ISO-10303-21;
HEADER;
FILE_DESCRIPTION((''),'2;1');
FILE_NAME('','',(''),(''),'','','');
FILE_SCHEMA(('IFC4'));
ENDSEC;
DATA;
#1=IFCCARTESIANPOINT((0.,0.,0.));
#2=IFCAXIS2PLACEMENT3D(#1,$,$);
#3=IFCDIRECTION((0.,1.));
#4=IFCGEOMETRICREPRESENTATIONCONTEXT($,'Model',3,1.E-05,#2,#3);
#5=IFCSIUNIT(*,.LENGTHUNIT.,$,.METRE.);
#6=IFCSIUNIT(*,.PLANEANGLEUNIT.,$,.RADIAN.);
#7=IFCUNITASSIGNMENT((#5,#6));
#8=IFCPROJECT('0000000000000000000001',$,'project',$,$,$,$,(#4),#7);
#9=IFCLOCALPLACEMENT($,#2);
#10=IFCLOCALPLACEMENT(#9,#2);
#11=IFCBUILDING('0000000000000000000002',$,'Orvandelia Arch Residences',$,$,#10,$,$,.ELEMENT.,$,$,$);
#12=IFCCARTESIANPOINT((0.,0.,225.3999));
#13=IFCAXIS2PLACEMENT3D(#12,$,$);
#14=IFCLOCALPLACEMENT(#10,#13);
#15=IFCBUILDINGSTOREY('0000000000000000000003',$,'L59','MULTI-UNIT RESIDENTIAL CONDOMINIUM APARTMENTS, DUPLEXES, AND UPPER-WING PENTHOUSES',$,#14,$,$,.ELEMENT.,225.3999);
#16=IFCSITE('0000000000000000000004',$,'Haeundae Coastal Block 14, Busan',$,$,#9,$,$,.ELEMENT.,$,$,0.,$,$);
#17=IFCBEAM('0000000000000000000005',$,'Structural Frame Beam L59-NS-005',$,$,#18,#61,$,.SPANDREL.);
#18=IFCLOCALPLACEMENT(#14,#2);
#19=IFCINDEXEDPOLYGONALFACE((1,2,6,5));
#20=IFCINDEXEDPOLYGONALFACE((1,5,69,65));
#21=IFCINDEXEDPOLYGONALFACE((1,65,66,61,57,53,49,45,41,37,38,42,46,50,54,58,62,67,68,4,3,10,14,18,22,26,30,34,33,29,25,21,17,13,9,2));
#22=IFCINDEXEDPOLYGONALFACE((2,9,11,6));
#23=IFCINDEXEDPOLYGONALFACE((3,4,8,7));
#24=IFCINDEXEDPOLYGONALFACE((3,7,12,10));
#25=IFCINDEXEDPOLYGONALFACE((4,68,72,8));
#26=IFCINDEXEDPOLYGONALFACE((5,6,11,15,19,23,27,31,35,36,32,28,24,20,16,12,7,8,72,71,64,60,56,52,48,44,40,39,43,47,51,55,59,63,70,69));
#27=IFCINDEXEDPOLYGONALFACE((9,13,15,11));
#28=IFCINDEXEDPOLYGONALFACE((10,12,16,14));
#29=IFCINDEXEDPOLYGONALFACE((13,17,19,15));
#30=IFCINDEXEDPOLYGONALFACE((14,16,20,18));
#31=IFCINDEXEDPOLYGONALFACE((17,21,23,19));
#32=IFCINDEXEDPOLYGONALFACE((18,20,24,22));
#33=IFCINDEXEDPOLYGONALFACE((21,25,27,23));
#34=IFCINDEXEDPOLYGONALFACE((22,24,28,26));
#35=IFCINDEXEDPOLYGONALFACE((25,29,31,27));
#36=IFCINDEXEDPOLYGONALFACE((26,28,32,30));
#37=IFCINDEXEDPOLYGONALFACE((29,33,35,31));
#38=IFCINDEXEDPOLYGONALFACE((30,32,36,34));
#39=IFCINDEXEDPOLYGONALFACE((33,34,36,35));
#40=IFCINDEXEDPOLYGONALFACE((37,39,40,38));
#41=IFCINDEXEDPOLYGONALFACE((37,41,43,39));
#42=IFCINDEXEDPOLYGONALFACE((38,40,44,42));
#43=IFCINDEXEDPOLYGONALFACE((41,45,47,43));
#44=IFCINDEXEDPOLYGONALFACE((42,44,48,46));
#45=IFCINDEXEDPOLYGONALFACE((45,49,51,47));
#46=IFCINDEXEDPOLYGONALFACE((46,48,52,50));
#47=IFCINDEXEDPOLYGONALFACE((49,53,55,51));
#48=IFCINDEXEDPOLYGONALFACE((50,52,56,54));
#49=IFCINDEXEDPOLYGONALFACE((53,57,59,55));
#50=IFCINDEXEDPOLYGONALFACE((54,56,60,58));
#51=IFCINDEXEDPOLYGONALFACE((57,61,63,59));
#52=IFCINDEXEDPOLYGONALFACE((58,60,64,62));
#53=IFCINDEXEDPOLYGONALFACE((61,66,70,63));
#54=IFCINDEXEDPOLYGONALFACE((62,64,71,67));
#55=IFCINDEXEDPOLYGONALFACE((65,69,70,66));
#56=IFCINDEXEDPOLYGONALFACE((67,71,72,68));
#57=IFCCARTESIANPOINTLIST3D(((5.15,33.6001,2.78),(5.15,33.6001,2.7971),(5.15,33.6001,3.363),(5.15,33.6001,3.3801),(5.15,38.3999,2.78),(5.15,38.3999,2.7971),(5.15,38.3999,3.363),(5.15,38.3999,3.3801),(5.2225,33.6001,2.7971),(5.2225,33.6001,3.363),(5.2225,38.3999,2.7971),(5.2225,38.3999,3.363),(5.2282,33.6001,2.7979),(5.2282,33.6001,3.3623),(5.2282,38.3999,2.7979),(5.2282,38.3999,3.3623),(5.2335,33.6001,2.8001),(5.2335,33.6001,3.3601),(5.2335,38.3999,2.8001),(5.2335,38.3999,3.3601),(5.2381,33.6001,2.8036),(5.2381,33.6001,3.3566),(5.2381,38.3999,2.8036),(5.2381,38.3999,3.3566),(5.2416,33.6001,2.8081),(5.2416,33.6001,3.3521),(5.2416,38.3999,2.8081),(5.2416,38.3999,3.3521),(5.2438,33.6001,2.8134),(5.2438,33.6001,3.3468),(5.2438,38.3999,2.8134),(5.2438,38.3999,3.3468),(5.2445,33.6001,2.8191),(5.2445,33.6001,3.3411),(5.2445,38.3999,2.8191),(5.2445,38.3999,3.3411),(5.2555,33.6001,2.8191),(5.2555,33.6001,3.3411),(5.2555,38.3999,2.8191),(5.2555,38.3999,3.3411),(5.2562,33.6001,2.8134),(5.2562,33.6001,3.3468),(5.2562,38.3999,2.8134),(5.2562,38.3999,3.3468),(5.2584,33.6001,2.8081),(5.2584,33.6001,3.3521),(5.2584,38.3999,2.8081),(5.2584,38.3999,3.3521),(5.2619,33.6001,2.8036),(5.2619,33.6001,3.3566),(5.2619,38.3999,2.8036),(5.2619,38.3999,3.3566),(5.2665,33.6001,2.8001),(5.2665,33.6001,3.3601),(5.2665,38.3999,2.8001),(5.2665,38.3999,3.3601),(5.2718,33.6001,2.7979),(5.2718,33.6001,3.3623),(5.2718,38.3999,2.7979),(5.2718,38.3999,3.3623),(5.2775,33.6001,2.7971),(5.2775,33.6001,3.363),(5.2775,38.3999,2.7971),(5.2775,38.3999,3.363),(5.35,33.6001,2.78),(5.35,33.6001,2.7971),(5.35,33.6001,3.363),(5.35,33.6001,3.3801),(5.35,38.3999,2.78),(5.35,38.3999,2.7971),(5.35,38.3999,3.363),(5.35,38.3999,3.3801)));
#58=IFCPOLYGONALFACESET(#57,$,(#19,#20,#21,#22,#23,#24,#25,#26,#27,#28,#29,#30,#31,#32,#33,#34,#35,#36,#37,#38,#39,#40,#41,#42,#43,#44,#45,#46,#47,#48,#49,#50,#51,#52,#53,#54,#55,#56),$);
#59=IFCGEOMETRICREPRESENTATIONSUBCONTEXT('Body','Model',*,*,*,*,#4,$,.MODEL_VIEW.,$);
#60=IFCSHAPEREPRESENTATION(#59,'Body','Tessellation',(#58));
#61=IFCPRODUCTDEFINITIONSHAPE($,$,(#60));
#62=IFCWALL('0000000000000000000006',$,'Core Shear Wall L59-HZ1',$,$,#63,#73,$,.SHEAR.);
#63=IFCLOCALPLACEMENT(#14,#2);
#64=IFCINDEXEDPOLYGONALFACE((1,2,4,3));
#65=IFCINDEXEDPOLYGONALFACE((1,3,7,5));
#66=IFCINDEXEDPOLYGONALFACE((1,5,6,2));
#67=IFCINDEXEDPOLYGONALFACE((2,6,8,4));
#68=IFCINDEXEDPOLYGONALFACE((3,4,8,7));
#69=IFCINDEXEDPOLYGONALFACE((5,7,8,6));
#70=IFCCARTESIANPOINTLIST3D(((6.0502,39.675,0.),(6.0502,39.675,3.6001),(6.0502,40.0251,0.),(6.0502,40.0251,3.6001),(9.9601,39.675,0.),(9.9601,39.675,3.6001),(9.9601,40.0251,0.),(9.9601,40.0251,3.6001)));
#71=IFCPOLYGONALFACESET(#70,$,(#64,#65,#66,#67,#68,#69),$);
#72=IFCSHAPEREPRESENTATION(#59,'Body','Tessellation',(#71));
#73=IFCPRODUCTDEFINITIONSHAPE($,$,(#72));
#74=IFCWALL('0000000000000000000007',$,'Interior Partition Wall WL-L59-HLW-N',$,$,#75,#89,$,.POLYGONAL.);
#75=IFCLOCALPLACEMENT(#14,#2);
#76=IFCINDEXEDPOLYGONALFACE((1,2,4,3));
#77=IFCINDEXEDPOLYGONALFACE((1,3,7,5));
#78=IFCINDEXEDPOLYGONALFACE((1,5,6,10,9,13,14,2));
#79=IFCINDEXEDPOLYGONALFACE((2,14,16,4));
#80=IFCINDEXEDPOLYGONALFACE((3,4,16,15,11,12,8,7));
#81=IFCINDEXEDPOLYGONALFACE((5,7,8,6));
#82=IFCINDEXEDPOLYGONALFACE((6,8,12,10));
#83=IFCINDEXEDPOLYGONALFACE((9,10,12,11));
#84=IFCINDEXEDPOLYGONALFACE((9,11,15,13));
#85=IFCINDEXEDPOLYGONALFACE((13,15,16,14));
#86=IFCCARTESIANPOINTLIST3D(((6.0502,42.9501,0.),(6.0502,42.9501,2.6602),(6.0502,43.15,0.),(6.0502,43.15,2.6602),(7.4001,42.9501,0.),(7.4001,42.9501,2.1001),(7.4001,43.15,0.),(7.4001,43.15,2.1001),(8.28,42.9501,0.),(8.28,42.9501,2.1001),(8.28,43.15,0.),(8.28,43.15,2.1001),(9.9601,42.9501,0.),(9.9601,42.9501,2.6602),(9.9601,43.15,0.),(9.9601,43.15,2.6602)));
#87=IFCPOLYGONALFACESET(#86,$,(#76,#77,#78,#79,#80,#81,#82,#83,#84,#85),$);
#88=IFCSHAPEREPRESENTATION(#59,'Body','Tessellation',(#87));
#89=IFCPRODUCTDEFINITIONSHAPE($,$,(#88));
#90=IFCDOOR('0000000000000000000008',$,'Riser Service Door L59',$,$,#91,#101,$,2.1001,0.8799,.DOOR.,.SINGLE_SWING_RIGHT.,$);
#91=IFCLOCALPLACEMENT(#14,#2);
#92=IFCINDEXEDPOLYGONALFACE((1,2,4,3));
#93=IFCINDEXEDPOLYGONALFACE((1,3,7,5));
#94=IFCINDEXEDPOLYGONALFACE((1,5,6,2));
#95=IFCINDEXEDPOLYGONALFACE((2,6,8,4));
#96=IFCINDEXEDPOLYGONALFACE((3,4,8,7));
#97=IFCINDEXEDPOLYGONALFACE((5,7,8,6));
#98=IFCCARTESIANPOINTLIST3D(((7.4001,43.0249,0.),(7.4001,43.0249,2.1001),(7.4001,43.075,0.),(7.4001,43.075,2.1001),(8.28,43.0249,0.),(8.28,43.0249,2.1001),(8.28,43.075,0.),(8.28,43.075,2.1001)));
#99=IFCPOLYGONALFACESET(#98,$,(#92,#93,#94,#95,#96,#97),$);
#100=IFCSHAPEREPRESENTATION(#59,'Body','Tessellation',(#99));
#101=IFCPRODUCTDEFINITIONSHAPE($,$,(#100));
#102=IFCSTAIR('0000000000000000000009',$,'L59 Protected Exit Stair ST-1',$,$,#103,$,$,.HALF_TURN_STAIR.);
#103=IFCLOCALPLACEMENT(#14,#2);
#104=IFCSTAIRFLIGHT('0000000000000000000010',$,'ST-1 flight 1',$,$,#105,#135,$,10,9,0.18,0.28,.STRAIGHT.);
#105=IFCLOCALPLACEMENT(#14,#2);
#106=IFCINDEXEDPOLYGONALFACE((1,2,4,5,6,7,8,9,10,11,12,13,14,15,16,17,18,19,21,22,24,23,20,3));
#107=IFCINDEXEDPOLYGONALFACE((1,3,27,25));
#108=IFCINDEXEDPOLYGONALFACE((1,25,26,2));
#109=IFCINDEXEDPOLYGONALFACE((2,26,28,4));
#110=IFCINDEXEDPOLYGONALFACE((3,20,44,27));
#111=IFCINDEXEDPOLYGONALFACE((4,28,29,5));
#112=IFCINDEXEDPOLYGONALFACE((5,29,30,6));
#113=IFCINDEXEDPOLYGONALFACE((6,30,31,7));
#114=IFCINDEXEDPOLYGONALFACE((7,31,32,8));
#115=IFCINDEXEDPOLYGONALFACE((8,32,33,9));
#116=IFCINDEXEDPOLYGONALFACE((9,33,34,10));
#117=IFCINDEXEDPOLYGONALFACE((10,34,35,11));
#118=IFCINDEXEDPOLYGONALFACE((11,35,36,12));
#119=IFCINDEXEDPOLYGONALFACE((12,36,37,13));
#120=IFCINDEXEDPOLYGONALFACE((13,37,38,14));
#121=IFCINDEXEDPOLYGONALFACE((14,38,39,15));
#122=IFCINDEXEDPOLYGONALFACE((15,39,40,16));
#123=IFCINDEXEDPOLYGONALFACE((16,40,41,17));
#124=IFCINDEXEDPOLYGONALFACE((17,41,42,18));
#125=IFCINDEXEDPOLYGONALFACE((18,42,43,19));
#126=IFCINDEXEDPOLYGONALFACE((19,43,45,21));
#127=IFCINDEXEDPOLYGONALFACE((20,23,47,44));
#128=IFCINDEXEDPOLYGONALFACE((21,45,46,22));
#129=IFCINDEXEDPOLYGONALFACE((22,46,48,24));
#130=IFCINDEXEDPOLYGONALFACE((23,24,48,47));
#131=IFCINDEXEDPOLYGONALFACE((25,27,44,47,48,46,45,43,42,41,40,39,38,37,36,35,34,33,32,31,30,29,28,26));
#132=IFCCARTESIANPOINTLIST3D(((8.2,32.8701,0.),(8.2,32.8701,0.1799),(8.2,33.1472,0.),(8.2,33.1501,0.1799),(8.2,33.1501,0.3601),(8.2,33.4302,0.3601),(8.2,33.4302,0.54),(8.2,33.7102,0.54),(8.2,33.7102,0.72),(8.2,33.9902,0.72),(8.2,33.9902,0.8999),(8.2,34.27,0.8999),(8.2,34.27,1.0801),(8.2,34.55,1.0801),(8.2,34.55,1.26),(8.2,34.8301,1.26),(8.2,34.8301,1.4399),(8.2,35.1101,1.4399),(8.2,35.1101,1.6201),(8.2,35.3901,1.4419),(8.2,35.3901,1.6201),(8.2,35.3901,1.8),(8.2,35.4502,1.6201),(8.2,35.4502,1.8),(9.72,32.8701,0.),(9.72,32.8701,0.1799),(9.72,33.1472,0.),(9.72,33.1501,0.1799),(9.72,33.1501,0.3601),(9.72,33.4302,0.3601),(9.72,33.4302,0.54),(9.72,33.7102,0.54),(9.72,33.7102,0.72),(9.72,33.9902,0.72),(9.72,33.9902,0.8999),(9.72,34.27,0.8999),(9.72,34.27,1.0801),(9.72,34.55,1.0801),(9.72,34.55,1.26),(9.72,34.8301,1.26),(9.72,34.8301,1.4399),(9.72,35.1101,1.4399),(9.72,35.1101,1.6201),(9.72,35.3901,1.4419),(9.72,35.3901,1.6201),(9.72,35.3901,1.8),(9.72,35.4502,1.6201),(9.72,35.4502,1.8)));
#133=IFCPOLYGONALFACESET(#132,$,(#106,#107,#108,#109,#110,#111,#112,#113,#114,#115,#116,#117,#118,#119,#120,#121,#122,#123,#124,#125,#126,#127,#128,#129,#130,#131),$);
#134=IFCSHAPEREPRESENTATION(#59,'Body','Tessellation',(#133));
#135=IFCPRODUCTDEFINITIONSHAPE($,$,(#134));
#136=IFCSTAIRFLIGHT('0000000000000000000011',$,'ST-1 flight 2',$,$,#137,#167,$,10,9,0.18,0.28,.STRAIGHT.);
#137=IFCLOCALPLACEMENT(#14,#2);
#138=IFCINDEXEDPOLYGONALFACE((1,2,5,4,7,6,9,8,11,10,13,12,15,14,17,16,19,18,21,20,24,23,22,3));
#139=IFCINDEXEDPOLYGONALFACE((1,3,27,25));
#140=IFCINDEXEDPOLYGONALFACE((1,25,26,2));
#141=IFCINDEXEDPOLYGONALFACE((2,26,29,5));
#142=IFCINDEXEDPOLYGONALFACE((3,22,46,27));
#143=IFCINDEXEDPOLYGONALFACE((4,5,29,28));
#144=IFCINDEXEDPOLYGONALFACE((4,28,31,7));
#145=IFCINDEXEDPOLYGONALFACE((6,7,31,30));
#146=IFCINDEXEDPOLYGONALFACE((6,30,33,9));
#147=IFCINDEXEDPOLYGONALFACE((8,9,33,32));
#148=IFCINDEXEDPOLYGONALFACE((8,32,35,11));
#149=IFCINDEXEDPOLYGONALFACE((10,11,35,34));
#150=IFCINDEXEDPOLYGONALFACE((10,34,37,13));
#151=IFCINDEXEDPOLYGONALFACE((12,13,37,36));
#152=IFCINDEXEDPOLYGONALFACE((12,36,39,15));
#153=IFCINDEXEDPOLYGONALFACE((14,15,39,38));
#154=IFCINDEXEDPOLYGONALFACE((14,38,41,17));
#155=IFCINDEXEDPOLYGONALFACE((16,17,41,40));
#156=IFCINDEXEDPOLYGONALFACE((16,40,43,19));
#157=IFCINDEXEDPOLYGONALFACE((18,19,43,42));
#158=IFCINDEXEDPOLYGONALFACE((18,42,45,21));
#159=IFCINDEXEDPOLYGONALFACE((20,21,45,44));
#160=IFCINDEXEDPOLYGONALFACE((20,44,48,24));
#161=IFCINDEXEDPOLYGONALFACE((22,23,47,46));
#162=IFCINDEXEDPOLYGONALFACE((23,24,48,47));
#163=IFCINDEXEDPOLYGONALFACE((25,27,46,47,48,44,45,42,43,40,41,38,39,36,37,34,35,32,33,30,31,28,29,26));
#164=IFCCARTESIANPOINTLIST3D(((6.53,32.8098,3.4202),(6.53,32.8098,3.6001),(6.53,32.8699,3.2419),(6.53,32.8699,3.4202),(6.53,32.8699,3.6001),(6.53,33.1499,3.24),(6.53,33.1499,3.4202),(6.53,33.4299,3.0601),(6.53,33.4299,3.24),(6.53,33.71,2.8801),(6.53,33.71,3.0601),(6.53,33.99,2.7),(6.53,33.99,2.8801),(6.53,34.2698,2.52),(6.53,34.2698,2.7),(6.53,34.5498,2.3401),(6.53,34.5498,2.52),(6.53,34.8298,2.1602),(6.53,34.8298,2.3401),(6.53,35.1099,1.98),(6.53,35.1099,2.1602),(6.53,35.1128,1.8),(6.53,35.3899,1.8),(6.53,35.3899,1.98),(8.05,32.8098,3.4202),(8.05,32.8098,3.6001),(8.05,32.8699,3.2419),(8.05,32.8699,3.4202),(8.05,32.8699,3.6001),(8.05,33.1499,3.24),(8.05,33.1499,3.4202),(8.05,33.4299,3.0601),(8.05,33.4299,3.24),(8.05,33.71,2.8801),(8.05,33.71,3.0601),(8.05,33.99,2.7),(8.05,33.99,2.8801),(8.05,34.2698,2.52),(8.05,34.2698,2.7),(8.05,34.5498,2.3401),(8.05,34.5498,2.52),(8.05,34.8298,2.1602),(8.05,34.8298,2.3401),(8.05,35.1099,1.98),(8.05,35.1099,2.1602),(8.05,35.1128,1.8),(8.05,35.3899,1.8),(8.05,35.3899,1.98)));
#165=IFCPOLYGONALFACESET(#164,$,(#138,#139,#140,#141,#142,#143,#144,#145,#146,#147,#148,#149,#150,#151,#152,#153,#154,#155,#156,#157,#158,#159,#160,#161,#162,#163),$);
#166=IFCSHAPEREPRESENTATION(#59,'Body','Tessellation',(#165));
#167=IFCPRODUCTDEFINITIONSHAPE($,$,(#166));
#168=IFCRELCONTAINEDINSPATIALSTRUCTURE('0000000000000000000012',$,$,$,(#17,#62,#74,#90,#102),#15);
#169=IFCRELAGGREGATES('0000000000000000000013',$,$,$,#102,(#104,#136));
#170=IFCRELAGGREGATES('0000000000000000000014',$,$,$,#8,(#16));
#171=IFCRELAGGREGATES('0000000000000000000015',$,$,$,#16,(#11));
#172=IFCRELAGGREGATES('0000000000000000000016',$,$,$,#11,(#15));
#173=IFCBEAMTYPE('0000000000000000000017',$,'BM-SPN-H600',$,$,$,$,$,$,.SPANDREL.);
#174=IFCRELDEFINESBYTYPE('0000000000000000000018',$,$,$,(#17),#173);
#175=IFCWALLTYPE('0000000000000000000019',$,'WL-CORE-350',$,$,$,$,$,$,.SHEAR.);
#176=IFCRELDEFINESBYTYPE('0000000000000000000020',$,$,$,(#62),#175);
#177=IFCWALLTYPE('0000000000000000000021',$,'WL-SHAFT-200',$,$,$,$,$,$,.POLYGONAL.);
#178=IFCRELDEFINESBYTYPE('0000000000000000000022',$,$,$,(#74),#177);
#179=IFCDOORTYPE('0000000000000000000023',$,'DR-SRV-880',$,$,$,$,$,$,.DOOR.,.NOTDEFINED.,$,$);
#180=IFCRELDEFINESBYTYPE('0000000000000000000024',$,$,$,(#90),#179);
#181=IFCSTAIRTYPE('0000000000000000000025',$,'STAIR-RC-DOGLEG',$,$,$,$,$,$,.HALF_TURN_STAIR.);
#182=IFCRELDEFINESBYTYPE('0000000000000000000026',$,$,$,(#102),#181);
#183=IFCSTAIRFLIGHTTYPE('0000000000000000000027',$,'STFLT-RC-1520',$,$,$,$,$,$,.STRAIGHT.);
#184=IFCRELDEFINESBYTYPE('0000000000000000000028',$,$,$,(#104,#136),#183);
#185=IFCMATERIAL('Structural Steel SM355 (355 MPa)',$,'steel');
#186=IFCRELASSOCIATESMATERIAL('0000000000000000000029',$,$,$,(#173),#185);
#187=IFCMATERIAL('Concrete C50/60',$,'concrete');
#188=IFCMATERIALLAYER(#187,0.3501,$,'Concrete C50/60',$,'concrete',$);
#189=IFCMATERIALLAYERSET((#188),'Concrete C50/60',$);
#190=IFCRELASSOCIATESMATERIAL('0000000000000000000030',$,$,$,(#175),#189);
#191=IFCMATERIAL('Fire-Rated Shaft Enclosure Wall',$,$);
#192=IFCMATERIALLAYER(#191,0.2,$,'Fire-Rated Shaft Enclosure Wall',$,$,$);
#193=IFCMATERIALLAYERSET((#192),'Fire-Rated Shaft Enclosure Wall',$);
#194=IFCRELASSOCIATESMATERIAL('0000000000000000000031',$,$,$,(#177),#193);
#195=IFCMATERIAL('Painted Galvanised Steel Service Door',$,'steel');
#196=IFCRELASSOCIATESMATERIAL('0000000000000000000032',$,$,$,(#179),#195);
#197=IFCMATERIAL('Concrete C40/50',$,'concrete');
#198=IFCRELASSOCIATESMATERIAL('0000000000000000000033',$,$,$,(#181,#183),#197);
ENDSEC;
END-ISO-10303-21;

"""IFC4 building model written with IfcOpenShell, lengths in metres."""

from ifc_helpers import new_model, si_unit, direction, frame, frame_2d, origin, origin_2d, place, context, subcontext, project, spatial, polyline, rectangle, i_section, outline, extrude, material, layer, layer_set, material_profile, profile_set, type_object, element, fill, aggregate, save


model = new_model("IFC4")

# Units and contexts
model_context = context("Model", 3, precision=1e-05, world=origin(), true_north=direction((0.0, 1.0)))
body_context = subcontext(model_context, "Body", "Model", "MODEL_VIEW")
ifc_project = project(units=[si_unit("LENGTHUNIT", "METRE"), si_unit("PLANEANGLEUNIT", "RADIAN")], contexts=[model_context])

# Site, building, storey
site_placement = place(None, origin())
site = spatial("IfcSite", under=ifc_project, at=site_placement, Name="Haeundae Coastal Block 14, Busan", CompositionType="ELEMENT", RefElevation=0.0)
building_placement = place(site_placement, origin())
building = spatial("IfcBuilding", under=site, at=building_placement, Name="Orvandelia Arch Residences", CompositionType="ELEMENT")
storey_placement = place(building_placement, frame((0.0, 0.0, 225.3999)))
storey = spatial("IfcBuildingStorey", under=building, at=storey_placement, Name="L59", Description="MULTI-UNIT RESIDENTIAL CONDOMINIUM APARTMENTS, DUPLEXES, AND UPPER-WING PENTHOUSES", CompositionType="ELEMENT", Elevation=225.3999)

# Beam
ifc_material_1 = material(Name="Structural Steel SM355 (355 MPa)", Category="steel")
ifc_material_profile_1 = material_profile(ifc_material_1, i_section(OverallWidth=0.2, OverallDepth=0.6001, WebThickness=0.011, FlangeThickness=0.0171, FilletRadius=0.022, at=origin_2d()), Name="Structural Steel SM355 (355 MPa)", Category="steel")
ifc_profile_set_1 = profile_set([ifc_material_profile_1], Name="Structural Steel SM355 (355 MPa)")
beam_type_1 = type_object("IfcBeamType", Name="BM-SPN-H600", PredefinedType="SPANDREL", material=ifc_profile_set_1)
beam_1_placement = place(storey_placement, frame((5.25, 33.6001, 3.0801), z_axis=(0.0, 1.0, 0.0), x_axis=(-1.0, 0.0, 0.0)))
element("IfcBeam", 1, at=beam_1_placement, inside=storey, type_object=beam_type_1, Name="Structural Frame Beam L59-NS-005", PredefinedType="SPANDREL", context=body_context, shape_type="SweptSolid", body=[
    extrude(i_section(OverallWidth=0.2, OverallDepth=0.6001, WebThickness=0.011, FlangeThickness=0.0171, FilletRadius=0.022, at=origin_2d()), origin(), (0.0, 0.0, 1.0), 4.7998),
])

# Wall
ifc_material_2 = material(Name="Concrete C50/60", Category="concrete")
ifc_layer_1 = layer(ifc_material_2, 0.3501, Name="Concrete C50/60", Category="concrete")
ifc_layer_set_1 = layer_set([ifc_layer_1], Name="Concrete C50/60")
wall_type_1 = type_object("IfcWallType", Name="WL-CORE-350", PredefinedType="SHEAR", material=ifc_layer_set_1)
wall_1_placement = place(storey_placement, frame((6.05, 39.8501, 0.0), z_axis=(0.0, 0.0, 1.0), x_axis=(1.0, 0.0, 0.0)))
element("IfcWall", 2, at=wall_1_placement, inside=storey, type_object=wall_type_1, Name="Core Shear Wall L59-HZ1", PredefinedType="SHEAR", context=body_context, shape_type="SweptSolid", body=[
    extrude(rectangle(XDim=3.9099, YDim=0.3501, at=frame_2d((1.9551, 0.0))), origin(), (0.0, 0.0, 1.0), 3.6001),
])

# Wall, opening, door
ifc_material_3 = material(Name="Fire-Rated Shaft Enclosure Wall")
ifc_layer_2 = layer(ifc_material_3, 0.2, Name="Fire-Rated Shaft Enclosure Wall")
ifc_layer_set_2 = layer_set([ifc_layer_2], Name="Fire-Rated Shaft Enclosure Wall")
wall_type_2 = type_object("IfcWallType", Name="WL-SHAFT-200", PredefinedType="POLYGONAL", material=ifc_layer_set_2)
wall_2_placement = place(storey_placement, frame((6.05, 43.05, 0.0), z_axis=(0.0, 0.0, 1.0), x_axis=(1.0, 0.0, 0.0)))
wall_2 = element("IfcWall", 3, at=wall_2_placement, inside=storey, type_object=wall_type_2, Name="Interior Partition Wall WL-L59-HLW-N", PredefinedType="POLYGONAL", context=body_context, shape_type="SweptSolid", body=[
    extrude(rectangle(XDim=3.9099, YDim=0.2, at=frame_2d((1.9551, 0.0))), origin(), (0.0, 0.0, 1.0), 2.6602),
])
opening_placement = place(wall_2_placement, frame((1.3501, 0.0, 0.0)))
opening = element("IfcOpeningElement", 4, at=opening_placement, cuts=wall_2, PredefinedType="OPENING", context=body_context, shape_type="SweptSolid", body=[
    extrude(rectangle(XDim=0.8799, YDim=2.1001, at=frame_2d((0.4399, 1.05))), frame((0.0, 0.1099, 0.0), z_axis=(0.0, -1.0, 0.0), x_axis=(1.0, 0.0, 0.0)), (0.0, 0.0, 1.0), 0.22),
])
ifc_material_4 = material(Name="Painted Galvanised Steel Service Door", Category="steel")
door_type = type_object("IfcDoorType", Name="DR-SRV-880", OperationType="NOTDEFINED", PredefinedType="DOOR", material=ifc_material_4)
door_placement = place(opening_placement, origin())
door = element("IfcDoor", 5, at=door_placement, inside=storey, type_object=door_type, Name="Riser Service Door L59", OperationType="SINGLE_SWING_RIGHT", OverallHeight=2.1001, OverallWidth=0.8799, PredefinedType="DOOR", context=body_context, shape_type="SweptSolid", body=[
    extrude(rectangle(XDim=0.8799, YDim=2.1001, at=frame_2d((0.4399, 1.05))), frame((0.0, 0.0249, 0.0), z_axis=(0.0, -1.0, 0.0), x_axis=(1.0, 0.0, 0.0)), (0.0, 0.0, 1.0), 0.05),
])
fill(opening, door)

# Stair, stair flights
ifc_material_5 = material(Name="Concrete C40/50", Category="concrete")
stair_type = type_object("IfcStairType", Name="STAIR-RC-DOGLEG", PredefinedType="HALF_TURN_STAIR", material=ifc_material_5)
stair_placement = place(storey_placement, origin())
stair = element("IfcStair", 6, at=stair_placement, inside=storey, type_object=stair_type, Name="L59 Protected Exit Stair ST-1", PredefinedType="HALF_TURN_STAIR")
stair_flight_type = type_object("IfcStairFlightType", Name="STFLT-RC-1520", PredefinedType="STRAIGHT", material=ifc_material_5)
stair_flight_1_placement = place(storey_placement, frame((8.96, 32.8701, 0.0), z_axis=(0.0, 0.0, 1.0), x_axis=(0.0, 1.0, 0.0)))
stair_flight_1 = element("IfcStairFlight", 7, at=stair_flight_1_placement, type_object=stair_flight_type, Name="ST-1 flight 1", NumberOfRisers=10, NumberOfTreads=9, PredefinedType="STRAIGHT", RiserHeight=0.18, TreadLength=0.28, context=body_context, shape_type="SweptSolid", body=[
    extrude(outline(polyline([(0.0, 0.0), (0.0, 0.1799), (0.28, 0.1799), (0.28, 0.3601), (0.5601, 0.3601), (0.5601, 0.54), (0.8401, 0.54), (0.8401, 0.72), (1.1201, 0.72), (1.1201, 0.8999), (1.3999, 0.8999), (1.3999, 1.0801), (1.6799, 1.0801), (1.6799, 1.26), (1.96, 1.26), (1.96, 1.4399), (2.24, 1.4399), (2.24, 1.6201), (2.52, 1.6201), (2.52, 1.8), (2.5801, 1.8), (2.5801, 1.6201), (2.52, 1.4419), (0.2771, 0.0), (0.0, 0.0)])), frame((0.0, 0.76, 0.0), z_axis=(0.0, -1.0, 0.0), x_axis=(1.0, 0.0, 0.0)), (0.0, 0.0, 1.0), 1.52),
])
stair_flight_2_placement = place(storey_placement, frame((7.29, 35.3899, 1.8), z_axis=(0.0, 0.0, 1.0), x_axis=(0.0, -1.0, 0.0)))
stair_flight_2 = element("IfcStairFlight", 8, at=stair_flight_2_placement, type_object=stair_flight_type, Name="ST-1 flight 2", NumberOfRisers=10, NumberOfTreads=9, PredefinedType="STRAIGHT", RiserHeight=0.18, TreadLength=0.28, context=body_context, shape_type="SweptSolid", body=[
    extrude(outline(polyline([(0.0, 0.0), (0.0, 0.1799), (0.28, 0.1799), (0.28, 0.3601), (0.5601, 0.3601), (0.5601, 0.54), (0.8401, 0.54), (0.8401, 0.72), (1.1201, 0.72), (1.1201, 0.8999), (1.3999, 0.8999), (1.3999, 1.0801), (1.6799, 1.0801), (1.6799, 1.26), (1.96, 1.26), (1.96, 1.4399), (2.24, 1.4399), (2.24, 1.6201), (2.52, 1.6201), (2.52, 1.8), (2.5801, 1.8), (2.5801, 1.6201), (2.52, 1.4419), (0.2771, 0.0), (0.0, 0.0)])), frame((0.0, 0.76, 0.0), z_axis=(0.0, -1.0, 0.0), x_axis=(1.0, 0.0, 0.0)), (0.0, 0.0, 1.0), 1.52),
])
aggregate(stair, [stair_flight_1, stair_flight_2])

save(model, "model.ifc")
